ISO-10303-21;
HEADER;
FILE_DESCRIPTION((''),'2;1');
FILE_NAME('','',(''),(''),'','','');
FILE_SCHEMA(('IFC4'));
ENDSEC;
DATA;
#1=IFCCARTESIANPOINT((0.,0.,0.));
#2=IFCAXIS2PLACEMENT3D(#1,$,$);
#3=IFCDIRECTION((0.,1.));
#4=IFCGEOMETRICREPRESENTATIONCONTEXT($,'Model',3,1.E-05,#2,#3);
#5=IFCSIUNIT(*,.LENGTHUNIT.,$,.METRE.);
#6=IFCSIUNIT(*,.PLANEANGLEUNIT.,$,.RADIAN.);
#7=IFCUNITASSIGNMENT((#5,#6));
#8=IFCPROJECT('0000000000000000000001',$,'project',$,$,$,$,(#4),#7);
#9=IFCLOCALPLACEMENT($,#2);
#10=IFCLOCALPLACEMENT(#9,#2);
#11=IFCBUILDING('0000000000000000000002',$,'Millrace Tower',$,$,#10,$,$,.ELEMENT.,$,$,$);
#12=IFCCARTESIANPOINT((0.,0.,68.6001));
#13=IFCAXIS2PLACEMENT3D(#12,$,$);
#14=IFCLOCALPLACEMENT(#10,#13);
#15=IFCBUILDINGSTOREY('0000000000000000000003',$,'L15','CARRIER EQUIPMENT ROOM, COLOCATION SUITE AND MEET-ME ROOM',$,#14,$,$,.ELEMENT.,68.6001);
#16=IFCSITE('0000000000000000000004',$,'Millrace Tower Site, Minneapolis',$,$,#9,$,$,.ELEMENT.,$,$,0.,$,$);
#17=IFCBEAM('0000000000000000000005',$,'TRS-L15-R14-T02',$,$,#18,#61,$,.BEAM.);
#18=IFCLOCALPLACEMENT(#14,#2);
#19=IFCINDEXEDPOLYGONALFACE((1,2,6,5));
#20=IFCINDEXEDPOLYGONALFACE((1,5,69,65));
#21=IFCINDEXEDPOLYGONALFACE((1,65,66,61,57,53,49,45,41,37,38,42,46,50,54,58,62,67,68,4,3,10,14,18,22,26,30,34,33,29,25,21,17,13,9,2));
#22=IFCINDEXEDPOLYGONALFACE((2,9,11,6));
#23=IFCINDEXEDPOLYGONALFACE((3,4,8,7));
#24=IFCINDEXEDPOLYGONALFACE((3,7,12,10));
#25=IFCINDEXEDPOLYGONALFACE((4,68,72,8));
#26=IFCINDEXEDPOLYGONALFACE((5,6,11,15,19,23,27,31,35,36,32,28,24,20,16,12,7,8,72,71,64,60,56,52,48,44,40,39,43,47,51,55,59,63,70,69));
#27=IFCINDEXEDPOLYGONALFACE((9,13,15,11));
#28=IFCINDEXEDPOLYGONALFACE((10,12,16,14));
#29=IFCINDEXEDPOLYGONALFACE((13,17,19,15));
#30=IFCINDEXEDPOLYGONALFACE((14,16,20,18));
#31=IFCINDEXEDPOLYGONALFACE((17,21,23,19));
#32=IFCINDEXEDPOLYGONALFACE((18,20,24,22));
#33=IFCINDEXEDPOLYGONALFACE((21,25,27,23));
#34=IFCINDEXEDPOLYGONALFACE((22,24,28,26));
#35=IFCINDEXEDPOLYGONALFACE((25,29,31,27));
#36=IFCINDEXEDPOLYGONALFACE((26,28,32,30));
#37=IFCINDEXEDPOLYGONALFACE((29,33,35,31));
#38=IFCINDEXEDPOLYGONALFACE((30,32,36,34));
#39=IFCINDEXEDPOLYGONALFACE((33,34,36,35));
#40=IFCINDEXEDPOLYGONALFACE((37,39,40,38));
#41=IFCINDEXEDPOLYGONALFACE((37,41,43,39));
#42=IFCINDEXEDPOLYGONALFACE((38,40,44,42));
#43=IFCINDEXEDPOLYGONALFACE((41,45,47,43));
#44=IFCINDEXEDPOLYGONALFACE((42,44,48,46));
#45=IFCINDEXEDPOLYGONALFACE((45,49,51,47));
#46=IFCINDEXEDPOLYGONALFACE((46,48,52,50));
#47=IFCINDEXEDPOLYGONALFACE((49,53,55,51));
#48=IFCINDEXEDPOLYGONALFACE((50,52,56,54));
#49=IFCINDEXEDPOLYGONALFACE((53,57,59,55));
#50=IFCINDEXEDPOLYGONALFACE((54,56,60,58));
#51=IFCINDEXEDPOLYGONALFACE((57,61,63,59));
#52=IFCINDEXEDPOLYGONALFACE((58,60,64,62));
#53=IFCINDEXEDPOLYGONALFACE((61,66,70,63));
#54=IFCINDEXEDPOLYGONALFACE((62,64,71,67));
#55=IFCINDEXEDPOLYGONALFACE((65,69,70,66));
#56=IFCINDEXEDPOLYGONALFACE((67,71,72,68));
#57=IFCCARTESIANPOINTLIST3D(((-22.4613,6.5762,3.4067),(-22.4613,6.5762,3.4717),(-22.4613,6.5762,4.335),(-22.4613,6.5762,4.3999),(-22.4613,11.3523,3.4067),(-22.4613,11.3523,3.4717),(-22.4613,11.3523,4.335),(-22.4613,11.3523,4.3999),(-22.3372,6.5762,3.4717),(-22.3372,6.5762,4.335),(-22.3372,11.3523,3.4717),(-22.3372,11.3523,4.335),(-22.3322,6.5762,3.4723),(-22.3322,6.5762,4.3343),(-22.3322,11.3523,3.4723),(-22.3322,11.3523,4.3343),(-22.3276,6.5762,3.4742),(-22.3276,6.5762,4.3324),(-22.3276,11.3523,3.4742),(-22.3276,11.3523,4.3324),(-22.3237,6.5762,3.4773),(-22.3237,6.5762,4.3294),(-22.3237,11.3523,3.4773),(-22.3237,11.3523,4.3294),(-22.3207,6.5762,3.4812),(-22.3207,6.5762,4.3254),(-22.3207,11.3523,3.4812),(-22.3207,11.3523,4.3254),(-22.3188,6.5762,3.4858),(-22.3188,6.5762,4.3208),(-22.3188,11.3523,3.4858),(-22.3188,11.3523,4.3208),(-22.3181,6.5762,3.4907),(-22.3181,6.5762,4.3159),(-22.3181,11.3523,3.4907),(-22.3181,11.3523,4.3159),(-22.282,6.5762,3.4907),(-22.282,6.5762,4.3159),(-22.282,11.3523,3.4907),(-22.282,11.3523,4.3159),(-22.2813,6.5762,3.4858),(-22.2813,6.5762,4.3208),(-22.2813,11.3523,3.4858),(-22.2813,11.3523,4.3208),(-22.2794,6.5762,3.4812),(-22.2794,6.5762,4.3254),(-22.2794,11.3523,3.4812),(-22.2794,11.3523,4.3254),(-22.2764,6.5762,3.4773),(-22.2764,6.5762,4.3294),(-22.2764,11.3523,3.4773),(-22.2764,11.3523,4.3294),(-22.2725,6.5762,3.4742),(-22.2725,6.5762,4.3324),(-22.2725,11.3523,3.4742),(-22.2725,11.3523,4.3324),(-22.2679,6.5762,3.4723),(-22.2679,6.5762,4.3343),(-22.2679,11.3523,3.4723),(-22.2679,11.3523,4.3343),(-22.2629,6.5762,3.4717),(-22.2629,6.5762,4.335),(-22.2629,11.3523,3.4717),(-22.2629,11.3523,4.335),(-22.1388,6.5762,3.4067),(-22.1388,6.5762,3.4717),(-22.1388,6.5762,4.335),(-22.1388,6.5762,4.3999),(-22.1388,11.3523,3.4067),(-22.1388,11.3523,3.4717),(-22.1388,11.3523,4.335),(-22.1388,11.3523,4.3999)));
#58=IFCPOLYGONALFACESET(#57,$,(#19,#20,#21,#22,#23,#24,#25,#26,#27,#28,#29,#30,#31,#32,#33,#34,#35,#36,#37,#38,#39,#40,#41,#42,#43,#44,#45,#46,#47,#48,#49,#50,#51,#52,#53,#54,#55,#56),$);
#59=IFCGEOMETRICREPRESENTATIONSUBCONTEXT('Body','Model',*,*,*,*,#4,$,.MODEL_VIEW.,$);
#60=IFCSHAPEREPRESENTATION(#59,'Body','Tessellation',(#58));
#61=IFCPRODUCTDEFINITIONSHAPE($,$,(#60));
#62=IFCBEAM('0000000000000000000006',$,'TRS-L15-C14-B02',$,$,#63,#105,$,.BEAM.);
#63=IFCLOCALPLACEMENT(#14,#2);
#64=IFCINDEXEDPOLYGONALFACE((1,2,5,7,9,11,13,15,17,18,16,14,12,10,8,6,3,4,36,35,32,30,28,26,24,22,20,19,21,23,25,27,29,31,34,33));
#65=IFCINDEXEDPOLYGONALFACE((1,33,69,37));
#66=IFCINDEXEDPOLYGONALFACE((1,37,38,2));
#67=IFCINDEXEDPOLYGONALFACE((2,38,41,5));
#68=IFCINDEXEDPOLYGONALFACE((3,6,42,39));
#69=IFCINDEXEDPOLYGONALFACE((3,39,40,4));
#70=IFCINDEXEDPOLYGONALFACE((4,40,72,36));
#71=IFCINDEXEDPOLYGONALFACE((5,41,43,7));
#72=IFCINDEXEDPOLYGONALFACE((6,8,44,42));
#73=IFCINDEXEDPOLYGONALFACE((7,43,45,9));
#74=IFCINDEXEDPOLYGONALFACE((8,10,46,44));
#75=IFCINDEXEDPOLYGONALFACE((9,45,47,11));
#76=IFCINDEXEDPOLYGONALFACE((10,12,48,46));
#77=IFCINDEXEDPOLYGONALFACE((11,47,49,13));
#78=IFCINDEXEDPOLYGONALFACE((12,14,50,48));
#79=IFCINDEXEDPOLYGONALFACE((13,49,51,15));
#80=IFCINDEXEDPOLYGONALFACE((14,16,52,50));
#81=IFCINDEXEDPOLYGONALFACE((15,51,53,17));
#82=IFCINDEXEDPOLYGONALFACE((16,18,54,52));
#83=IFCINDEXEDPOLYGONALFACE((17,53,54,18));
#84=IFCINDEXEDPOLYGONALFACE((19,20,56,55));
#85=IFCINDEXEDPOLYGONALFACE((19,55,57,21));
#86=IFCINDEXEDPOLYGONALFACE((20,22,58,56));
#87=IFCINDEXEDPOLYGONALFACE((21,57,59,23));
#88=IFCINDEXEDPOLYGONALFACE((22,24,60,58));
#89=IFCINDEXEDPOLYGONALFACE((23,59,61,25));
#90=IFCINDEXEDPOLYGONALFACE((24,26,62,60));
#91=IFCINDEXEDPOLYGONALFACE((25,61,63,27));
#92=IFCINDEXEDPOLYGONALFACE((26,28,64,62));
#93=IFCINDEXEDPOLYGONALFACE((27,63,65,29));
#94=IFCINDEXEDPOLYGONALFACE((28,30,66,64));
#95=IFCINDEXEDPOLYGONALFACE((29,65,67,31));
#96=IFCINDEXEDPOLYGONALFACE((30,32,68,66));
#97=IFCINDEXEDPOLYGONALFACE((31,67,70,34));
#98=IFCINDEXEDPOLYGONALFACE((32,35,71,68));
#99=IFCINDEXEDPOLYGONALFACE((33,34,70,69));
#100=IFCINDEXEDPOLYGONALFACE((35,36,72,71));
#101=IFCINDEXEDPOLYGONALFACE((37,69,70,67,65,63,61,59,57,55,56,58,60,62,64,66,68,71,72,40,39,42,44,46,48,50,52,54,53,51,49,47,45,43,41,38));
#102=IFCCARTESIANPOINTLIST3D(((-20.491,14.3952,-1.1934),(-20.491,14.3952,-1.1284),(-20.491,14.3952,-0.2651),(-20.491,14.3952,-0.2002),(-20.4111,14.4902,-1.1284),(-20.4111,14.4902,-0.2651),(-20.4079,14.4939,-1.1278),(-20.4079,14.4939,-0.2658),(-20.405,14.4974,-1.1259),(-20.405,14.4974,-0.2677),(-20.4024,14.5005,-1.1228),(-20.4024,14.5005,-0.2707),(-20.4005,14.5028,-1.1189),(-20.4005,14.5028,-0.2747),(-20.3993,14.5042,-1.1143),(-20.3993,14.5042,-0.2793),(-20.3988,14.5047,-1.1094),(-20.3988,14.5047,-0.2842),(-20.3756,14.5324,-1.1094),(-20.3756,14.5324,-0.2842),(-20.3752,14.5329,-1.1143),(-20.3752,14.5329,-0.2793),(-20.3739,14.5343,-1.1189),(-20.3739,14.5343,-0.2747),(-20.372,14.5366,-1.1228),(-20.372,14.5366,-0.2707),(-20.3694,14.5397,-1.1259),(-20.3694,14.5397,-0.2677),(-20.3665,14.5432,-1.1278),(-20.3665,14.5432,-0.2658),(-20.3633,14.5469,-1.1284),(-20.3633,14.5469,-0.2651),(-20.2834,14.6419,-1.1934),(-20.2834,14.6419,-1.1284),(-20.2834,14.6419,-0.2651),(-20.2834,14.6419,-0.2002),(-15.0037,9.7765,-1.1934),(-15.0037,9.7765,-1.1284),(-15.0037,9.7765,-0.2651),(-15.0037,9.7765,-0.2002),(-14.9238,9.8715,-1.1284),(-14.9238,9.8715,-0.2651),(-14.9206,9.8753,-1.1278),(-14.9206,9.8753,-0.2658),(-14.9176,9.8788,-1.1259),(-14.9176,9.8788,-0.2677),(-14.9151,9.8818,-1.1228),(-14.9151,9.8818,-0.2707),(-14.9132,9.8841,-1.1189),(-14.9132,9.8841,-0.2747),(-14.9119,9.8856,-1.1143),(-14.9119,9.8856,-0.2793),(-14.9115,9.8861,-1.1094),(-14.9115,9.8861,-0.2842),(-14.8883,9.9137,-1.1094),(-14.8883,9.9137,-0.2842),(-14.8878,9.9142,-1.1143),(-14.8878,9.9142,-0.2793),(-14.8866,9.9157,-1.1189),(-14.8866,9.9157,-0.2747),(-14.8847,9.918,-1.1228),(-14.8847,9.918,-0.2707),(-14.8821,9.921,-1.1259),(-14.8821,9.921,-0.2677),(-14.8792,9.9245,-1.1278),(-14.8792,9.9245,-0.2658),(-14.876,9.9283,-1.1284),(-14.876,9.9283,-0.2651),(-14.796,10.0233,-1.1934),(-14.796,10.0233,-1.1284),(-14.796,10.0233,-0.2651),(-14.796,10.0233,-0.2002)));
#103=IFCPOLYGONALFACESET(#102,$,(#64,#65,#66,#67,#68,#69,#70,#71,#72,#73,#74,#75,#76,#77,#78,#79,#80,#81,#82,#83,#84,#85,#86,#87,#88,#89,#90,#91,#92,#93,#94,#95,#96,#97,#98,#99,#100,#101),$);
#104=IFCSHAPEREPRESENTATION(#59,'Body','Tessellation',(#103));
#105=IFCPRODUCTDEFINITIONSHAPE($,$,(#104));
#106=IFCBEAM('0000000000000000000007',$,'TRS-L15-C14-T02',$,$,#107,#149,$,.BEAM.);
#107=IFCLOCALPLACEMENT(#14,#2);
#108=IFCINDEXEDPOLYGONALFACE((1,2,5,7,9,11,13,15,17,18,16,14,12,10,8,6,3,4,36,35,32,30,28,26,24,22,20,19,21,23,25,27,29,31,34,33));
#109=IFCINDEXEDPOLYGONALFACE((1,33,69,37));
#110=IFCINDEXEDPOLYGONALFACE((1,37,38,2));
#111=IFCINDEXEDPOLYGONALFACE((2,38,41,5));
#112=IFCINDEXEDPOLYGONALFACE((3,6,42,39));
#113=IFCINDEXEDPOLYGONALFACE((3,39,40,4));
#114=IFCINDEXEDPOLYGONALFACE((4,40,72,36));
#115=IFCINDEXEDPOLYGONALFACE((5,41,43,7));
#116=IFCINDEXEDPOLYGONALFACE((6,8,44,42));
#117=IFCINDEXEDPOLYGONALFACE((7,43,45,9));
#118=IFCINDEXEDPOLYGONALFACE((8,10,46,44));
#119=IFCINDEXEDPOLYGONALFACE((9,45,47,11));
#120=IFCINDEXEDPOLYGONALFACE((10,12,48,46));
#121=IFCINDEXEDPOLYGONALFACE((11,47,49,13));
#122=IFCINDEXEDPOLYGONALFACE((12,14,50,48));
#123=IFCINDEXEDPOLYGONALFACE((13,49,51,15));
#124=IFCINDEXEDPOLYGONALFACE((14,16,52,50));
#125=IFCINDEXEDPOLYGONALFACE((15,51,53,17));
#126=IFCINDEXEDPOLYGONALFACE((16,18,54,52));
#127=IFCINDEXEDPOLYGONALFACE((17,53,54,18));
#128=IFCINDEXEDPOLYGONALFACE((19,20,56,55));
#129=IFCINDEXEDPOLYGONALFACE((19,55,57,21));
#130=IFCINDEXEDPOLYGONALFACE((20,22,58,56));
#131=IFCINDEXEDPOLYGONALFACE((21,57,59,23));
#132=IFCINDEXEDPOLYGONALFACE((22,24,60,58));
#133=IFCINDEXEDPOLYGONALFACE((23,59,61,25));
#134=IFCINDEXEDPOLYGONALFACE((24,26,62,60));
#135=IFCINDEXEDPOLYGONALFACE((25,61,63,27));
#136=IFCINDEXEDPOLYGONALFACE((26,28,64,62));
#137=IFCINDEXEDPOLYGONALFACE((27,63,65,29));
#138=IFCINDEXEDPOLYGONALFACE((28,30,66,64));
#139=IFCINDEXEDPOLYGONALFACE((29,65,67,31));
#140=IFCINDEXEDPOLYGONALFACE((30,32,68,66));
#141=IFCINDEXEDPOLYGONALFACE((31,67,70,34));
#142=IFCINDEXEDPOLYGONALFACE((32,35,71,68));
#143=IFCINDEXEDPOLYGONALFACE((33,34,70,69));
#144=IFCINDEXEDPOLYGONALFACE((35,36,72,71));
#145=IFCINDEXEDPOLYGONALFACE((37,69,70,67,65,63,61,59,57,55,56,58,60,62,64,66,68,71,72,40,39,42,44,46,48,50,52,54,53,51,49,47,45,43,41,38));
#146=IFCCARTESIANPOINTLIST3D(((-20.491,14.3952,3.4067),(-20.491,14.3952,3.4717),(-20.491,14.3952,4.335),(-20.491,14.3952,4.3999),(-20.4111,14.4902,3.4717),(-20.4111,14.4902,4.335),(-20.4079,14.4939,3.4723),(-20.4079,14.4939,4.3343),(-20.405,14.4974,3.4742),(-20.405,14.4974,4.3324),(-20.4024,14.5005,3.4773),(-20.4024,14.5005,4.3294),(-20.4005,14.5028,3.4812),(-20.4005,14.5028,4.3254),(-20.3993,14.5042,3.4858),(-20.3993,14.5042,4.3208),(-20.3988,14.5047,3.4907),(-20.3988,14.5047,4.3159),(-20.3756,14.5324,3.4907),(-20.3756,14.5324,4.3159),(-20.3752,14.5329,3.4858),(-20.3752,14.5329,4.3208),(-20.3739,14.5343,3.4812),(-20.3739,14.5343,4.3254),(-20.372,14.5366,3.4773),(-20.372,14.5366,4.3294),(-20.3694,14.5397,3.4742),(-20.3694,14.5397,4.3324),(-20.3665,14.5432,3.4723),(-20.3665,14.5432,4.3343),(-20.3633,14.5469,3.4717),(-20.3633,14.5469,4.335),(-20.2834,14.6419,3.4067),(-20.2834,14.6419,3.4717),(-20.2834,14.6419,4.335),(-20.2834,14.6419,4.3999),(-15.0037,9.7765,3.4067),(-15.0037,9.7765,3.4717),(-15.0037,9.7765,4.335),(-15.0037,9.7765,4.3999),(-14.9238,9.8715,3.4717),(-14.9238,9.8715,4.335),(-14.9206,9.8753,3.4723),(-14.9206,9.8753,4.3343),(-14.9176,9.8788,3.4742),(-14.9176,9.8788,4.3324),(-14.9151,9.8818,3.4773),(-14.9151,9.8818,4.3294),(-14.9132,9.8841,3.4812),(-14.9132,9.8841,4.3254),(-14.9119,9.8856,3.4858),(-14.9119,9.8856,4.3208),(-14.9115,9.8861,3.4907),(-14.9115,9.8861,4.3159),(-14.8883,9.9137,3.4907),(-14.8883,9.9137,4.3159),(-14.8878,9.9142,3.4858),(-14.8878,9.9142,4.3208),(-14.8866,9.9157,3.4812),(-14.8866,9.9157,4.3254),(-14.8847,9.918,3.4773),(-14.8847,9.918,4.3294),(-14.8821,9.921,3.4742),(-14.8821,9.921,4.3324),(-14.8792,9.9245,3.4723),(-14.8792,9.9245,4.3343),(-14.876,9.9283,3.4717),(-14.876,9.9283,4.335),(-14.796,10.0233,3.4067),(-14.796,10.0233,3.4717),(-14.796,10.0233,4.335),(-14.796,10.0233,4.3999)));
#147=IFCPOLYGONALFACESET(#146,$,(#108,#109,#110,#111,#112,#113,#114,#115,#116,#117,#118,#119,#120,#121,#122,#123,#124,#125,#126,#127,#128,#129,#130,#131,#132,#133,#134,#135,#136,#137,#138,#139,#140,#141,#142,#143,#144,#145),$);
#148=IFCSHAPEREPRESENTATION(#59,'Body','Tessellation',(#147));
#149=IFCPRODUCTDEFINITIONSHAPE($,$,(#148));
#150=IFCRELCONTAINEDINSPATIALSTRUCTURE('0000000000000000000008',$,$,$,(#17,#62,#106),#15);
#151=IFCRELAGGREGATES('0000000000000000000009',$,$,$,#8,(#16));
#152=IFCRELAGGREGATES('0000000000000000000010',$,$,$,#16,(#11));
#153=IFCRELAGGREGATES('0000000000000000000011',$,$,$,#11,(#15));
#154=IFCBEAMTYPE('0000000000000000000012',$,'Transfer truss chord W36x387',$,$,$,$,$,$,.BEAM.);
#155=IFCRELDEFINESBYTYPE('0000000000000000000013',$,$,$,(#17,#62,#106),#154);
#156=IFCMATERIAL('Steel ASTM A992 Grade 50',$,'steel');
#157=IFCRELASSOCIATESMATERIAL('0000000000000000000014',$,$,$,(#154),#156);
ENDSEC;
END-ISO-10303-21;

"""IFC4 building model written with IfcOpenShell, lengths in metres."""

from ifc_helpers import new_model, si_unit, direction, frame, origin, origin_2d, place, context, subcontext, project, spatial, i_section, extrude, material, material_profile, profile_set, type_object, element, save


model = new_model("IFC4")

# Units and contexts
model_context = context("Model", 3, precision=1e-05, world=origin(), true_north=direction((0.0, 1.0)))
body_context = subcontext(model_context, "Body", "Model", "MODEL_VIEW")
ifc_project = project(units=[si_unit("LENGTHUNIT", "METRE"), si_unit("PLANEANGLEUNIT", "RADIAN")], contexts=[model_context])

# Site, building, storey
site_placement = place(None, origin())
site = spatial("IfcSite", under=ifc_project, at=site_placement, Name="Millrace Tower Site, Minneapolis", CompositionType="ELEMENT", RefElevation=0.0)
building_placement = place(site_placement, origin())
building = spatial("IfcBuilding", under=site, at=building_placement, Name="Millrace Tower", CompositionType="ELEMENT")
storey_placement = place(building_placement, frame((0.0, 0.0, 68.6001)))
storey = spatial("IfcBuildingStorey", under=building, at=storey_placement, Name="L15", Description="CARRIER EQUIPMENT ROOM, COLOCATION SUITE AND MEET-ME ROOM", CompositionType="ELEMENT", Elevation=68.6001)

# Beams
ifc_material_1 = material(Name="Steel ASTM A992 Grade 50", Category="steel")
ifc_material_profile_1 = material_profile(ifc_material_1, i_section(OverallWidth=0.3225, OverallDepth=0.9932, WebThickness=0.0361, FlangeThickness=0.0649, FilletRadius=0.019, at=origin_2d()))
ifc_profile_set_1 = profile_set([ifc_material_profile_1], Name="Steel ASTM A992 Grade 50")
beam_type_1 = type_object("IfcBeamType", Name="Transfer truss chord W36x387", PredefinedType="BEAM", material=ifc_profile_set_1)
for number, where, z_axis, x_axis, name in (
    (1, (-22.3, 11.3523, 3.9033), (0.0, -1.0, 0.0), (1.0, 0.0, 0.0), "TRS-L15-R14-T02"),
):
    element("IfcBeam", number, at=place(storey_placement, frame(where, z_axis=z_axis, x_axis=x_axis)), inside=storey, type_object=beam_type_1, Name=name, PredefinedType="BEAM", context=body_context, shape_type="SweptSolid", body=[
        extrude(i_section(OverallWidth=0.3225, OverallDepth=0.9932, WebThickness=0.0361, FlangeThickness=0.0649, FilletRadius=0.019, at=origin_2d()), origin(), (0.0, 0.0, 1.0), 4.7761),
    ])
for number, where, z_axis, x_axis, name in (
    (2, (-20.3872, 14.5186, -0.6968), (0.765065, -0.643953, 0.0), (0.643953, 0.765065, 0.0), "TRS-L15-C14-B02"),
    (3, (-20.3872, 14.5186, 3.9033), (0.765065, -0.643953, 0.0), (0.643953, 0.765065, 0.0), "TRS-L15-C14-T02"),
):
    element("IfcBeam", number, at=place(storey_placement, frame(where, z_axis=z_axis, x_axis=x_axis)), inside=storey, type_object=beam_type_1, Name=name, PredefinedType="BEAM", context=body_context, shape_type="SweptSolid", body=[
        extrude(i_section(OverallWidth=0.3225, OverallDepth=0.9932, WebThickness=0.0361, FlangeThickness=0.0649, FilletRadius=0.019, at=origin_2d()), origin(), (0.0, 0.0, 1.0), 7.1724),
    ])

save(model, "model.ifc")
